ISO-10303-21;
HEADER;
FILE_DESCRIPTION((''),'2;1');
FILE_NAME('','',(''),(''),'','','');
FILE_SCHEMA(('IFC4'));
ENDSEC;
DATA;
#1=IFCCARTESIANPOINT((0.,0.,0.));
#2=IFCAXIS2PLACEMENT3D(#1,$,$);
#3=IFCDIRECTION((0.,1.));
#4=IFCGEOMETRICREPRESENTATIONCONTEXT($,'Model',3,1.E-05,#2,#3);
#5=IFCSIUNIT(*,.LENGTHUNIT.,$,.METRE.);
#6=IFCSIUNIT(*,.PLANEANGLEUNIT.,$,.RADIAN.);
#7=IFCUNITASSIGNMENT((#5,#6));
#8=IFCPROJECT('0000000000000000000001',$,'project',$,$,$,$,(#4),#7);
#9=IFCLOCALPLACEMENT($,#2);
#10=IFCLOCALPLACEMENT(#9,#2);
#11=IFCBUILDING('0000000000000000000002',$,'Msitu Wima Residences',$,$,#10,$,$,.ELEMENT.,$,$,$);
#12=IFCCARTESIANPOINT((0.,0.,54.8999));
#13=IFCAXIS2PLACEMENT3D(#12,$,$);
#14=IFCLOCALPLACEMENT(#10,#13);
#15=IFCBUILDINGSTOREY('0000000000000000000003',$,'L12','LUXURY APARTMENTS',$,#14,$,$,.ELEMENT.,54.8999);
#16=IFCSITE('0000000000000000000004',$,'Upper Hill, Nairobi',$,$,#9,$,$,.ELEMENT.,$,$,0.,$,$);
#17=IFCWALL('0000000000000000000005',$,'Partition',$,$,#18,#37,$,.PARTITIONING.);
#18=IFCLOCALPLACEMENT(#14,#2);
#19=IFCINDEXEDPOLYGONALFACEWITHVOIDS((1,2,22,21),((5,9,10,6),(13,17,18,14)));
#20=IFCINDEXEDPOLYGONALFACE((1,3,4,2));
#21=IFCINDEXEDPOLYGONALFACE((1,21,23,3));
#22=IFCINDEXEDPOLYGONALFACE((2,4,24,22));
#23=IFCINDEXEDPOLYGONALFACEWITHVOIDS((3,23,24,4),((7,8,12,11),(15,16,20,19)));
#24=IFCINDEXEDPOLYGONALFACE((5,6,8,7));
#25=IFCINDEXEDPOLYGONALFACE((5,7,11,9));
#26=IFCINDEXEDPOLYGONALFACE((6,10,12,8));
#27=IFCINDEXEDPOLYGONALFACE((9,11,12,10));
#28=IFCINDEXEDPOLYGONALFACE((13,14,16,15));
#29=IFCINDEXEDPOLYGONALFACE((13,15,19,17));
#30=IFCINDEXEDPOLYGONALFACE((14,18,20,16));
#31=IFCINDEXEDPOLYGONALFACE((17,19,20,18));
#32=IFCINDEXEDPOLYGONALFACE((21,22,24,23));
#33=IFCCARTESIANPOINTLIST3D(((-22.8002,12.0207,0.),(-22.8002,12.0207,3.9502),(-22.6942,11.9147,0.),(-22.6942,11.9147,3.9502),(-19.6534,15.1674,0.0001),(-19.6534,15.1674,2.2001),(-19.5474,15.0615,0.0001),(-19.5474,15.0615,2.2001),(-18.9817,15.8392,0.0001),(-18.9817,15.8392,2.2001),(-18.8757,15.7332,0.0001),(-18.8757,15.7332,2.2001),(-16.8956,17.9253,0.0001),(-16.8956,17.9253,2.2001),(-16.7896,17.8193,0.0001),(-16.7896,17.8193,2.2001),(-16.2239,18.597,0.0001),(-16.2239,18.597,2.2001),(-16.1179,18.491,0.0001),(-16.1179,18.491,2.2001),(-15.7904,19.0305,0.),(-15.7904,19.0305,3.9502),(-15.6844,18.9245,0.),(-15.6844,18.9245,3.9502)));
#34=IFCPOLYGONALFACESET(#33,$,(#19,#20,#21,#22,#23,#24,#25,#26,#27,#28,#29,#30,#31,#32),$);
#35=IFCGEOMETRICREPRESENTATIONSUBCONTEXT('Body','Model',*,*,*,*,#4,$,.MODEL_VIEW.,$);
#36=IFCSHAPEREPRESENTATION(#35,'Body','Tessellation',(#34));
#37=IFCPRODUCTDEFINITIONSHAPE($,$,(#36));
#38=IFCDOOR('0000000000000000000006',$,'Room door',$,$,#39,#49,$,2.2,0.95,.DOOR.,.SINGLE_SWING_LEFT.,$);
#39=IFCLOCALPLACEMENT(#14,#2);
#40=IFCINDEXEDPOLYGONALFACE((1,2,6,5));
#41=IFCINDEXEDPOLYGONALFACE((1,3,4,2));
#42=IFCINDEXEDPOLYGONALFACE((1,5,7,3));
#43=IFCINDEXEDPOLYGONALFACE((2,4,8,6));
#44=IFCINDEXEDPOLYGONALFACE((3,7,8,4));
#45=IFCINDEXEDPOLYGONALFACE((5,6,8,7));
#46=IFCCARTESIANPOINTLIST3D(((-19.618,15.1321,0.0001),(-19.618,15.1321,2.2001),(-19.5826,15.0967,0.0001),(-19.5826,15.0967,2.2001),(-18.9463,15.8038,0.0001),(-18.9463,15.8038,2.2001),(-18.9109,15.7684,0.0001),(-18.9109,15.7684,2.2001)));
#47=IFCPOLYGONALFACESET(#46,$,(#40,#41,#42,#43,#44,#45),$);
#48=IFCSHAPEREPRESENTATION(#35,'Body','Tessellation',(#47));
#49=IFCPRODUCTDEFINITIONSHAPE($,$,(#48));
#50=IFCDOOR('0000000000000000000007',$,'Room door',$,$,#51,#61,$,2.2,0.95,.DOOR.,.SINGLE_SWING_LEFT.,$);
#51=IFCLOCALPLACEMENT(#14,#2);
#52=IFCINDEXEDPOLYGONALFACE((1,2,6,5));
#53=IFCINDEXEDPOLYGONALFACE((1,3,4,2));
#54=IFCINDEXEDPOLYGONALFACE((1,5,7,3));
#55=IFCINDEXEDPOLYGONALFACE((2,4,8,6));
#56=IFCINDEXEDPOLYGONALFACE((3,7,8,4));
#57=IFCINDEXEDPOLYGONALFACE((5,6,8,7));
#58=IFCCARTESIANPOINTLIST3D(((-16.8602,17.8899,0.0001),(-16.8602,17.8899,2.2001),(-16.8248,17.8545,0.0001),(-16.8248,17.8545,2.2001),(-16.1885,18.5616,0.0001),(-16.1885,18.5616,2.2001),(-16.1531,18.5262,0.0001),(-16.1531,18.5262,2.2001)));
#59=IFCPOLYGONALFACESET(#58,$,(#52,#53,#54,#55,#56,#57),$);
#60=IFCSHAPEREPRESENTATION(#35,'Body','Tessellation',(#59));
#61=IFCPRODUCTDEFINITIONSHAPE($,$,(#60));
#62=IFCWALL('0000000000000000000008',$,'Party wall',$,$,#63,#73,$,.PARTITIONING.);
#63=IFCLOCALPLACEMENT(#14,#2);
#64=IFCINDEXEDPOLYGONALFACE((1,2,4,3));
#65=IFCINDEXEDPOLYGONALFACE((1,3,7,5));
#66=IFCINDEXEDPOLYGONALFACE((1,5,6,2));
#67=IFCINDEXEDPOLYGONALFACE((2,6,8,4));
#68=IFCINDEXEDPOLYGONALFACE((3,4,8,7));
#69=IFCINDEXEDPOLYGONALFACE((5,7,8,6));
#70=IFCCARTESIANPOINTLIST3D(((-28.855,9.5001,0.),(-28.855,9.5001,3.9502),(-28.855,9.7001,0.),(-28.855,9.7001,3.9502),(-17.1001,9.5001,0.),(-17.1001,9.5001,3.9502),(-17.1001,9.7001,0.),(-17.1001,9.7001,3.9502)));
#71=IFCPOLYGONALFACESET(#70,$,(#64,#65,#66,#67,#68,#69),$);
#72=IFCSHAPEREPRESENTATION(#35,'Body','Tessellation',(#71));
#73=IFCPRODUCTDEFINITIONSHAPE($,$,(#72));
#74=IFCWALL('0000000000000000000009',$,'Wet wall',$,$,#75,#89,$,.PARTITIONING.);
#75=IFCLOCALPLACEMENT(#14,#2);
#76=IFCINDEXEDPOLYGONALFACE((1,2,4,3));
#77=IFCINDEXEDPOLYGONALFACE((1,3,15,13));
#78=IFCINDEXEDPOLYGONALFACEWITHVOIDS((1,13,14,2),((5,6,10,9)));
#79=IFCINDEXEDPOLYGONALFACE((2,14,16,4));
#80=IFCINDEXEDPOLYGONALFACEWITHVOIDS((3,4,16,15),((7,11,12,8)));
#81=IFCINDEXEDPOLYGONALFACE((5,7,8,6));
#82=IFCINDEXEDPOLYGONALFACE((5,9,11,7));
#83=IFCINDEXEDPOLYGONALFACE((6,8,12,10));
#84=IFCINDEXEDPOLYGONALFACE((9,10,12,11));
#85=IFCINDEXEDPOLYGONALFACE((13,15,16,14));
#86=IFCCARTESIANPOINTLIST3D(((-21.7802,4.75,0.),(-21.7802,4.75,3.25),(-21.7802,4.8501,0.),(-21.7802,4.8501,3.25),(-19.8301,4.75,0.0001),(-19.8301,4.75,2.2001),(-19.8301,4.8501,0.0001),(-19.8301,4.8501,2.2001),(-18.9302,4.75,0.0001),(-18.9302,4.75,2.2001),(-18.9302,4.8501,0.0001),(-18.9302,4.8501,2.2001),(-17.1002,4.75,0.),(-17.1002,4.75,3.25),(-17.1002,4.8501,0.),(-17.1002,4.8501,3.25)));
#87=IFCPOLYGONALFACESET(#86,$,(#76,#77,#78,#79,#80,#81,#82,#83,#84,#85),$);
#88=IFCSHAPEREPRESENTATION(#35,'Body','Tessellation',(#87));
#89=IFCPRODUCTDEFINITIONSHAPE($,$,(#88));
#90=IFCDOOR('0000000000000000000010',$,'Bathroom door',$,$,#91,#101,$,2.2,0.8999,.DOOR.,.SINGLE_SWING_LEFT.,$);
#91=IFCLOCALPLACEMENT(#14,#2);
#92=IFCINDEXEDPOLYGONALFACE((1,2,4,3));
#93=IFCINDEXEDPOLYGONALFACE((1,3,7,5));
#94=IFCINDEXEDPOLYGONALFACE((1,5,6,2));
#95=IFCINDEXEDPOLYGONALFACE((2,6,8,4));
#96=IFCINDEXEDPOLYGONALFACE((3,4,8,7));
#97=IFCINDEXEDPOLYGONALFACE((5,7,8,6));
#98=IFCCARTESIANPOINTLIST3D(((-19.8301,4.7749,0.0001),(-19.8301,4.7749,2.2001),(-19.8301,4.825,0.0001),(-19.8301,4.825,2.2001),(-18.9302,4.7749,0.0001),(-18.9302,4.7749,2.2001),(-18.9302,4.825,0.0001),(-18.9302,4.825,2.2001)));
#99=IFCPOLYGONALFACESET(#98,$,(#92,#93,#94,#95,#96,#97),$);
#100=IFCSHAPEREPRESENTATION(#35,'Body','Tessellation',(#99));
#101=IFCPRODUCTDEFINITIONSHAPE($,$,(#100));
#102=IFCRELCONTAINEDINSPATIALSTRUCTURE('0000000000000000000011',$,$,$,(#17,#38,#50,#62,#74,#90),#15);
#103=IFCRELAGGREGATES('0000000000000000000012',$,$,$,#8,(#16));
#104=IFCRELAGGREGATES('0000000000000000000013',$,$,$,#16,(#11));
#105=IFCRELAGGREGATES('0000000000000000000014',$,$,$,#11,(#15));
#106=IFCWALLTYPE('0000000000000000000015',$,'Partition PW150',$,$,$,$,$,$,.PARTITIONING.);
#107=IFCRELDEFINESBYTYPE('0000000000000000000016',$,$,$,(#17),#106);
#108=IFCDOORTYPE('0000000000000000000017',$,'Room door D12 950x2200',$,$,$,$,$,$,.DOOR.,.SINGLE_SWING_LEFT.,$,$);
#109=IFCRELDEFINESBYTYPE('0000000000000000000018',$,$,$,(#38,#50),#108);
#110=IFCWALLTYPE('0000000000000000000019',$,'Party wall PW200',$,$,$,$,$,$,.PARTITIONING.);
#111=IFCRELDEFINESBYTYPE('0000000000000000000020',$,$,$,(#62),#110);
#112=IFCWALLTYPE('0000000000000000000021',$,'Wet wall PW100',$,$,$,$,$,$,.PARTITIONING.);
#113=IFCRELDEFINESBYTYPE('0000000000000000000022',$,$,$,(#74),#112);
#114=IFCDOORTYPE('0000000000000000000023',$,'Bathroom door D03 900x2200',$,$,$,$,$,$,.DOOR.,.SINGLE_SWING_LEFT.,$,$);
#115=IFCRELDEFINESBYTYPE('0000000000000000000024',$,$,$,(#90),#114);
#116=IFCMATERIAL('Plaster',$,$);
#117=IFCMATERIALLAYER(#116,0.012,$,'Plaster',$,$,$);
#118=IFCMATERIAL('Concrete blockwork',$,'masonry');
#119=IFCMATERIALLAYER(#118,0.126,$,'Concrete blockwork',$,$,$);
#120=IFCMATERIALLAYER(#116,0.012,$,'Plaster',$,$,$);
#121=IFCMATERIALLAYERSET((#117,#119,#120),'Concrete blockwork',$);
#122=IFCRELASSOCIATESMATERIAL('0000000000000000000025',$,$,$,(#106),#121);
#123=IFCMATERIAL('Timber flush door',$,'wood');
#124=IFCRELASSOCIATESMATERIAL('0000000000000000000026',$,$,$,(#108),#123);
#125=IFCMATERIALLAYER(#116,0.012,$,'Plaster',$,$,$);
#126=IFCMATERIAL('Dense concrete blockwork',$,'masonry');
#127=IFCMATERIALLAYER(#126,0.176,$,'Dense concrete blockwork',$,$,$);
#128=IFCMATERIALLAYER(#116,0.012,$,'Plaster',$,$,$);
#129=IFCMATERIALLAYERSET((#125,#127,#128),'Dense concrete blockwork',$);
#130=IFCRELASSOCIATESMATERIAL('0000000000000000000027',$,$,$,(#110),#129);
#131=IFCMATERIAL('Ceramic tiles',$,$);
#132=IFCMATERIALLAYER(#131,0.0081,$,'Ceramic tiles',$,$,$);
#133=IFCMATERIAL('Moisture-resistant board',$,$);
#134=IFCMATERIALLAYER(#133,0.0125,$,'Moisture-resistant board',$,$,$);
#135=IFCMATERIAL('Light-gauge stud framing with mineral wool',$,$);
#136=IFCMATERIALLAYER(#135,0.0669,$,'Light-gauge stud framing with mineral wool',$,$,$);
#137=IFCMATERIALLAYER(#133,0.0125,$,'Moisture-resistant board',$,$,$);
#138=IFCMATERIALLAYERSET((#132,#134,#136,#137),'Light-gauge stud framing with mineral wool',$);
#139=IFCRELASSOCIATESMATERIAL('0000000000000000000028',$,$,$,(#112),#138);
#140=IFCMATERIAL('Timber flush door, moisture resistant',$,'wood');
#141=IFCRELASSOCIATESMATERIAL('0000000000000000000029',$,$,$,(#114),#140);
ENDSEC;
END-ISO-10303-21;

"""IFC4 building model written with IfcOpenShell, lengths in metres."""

from ifc_helpers import new_model, si_unit, direction, frame, frame_2d, origin, place, context, subcontext, project, spatial, rectangle, extrude, material, layer, layer_set, type_object, element, fill, save


model = new_model("IFC4")

# Units and contexts
model_context = context("Model", 3, precision=1e-05, world=origin(), true_north=direction((0.0, 1.0)))
body_context = subcontext(model_context, "Body", "Model", "MODEL_VIEW")
ifc_project = project(units=[si_unit("LENGTHUNIT", "METRE"), si_unit("PLANEANGLEUNIT", "RADIAN")], contexts=[model_context])

# Site, building, storey
site_placement = place(None, origin())
site = spatial("IfcSite", under=ifc_project, at=site_placement, Name="Upper Hill, Nairobi", CompositionType="ELEMENT", RefElevation=0.0)
building_placement = place(site_placement, origin())
building = spatial("IfcBuilding", under=site, at=building_placement, Name="Msitu Wima Residences", CompositionType="ELEMENT")
storey_placement = place(building_placement, frame((0.0, 0.0, 54.8999)))
storey = spatial("IfcBuildingStorey", under=building, at=storey_placement, Name="L12", Description="LUXURY APARTMENTS", CompositionType="ELEMENT", Elevation=54.8999)

# Shared definitions
ifc_material_1 = material(Name="Plaster")
ifc_layer_1 = layer(ifc_material_1, 0.012, Name="Plaster")
ifc_material_2 = material(Name="Concrete blockwork", Category="masonry")
ifc_layer_2 = layer(ifc_material_2, 0.126, Name="Concrete blockwork")
ifc_layer_3 = layer(ifc_material_1, 0.012, Name="Plaster")
ifc_layer_set_1 = layer_set([ifc_layer_1, ifc_layer_2, ifc_layer_3], Name="Concrete blockwork")
wall_type_1 = type_object("IfcWallType", Name="Partition PW150", PredefinedType="PARTITIONING", material=ifc_layer_set_1)

# Shared definitions
ifc_material_3 = material(Name="Timber flush door", Category="wood")
door_type_1 = type_object("IfcDoorType", Name="Room door D12 950x2200", OperationType="SINGLE_SWING_LEFT", PredefinedType="DOOR", material=ifc_material_3)

# Wall, openings, doors
wall_1_placement = place(storey_placement, frame((-22.7471, 11.9678, 0.0), z_axis=(0.0, 0.0, 1.0), x_axis=(0.707107, 0.707107, 0.0)))
wall_1 = element("IfcWall", 1, at=wall_1_placement, inside=storey, type_object=wall_type_1, Name="Partition", PredefinedType="PARTITIONING", context=body_context, shape_type="SweptSolid", body=[
    extrude(rectangle(XDim=9.9133, YDim=0.1499, at=frame_2d((4.9565, 0.0))), origin(), (0.0, 0.0, 1.0), 3.9502),
])
opening_1_placement = place(wall_1_placement, frame((4.45, 0.0, 0.0)))
opening_1 = element("IfcOpeningElement", 2, at=opening_1_placement, cuts=wall_1, PredefinedType="OPENING", context=body_context, shape_type="SweptSolid", body=[
    extrude(rectangle(XDim=0.95, YDim=2.2, at=frame_2d((0.4751, 1.1001))), frame((0.0, 0.085, 0.0), z_axis=(0.0, -1.0, 0.0), x_axis=(1.0, 0.0, 0.0)), (0.0, 0.0, 1.0), 0.1699),
])
opening_2_placement = place(wall_1_placement, frame((8.3501, 0.0, 0.0)))
opening_2 = element("IfcOpeningElement", 3, at=opening_2_placement, cuts=wall_1, PredefinedType="OPENING", context=body_context, shape_type="SweptSolid", body=[
    extrude(rectangle(XDim=0.95, YDim=2.2, at=frame_2d((0.4751, 1.1001))), frame((0.0, 0.085, 0.0), z_axis=(0.0, -1.0, 0.0), x_axis=(1.0, 0.0, 0.0)), (0.0, 0.0, 1.0), 0.1699),
])
door_1_placement = place(opening_1_placement, origin())
door_1 = element("IfcDoor", 4, at=door_1_placement, inside=storey, type_object=door_type_1, Name="Room door", OperationType="SINGLE_SWING_LEFT", OverallHeight=2.2, OverallWidth=0.95, PredefinedType="DOOR", context=body_context, shape_type="SweptSolid", body=[
    extrude(rectangle(XDim=0.95, YDim=2.2, at=frame_2d((0.4751, 1.1001))), frame((0.0, 0.0249, 0.0), z_axis=(0.0, -1.0, 0.0), x_axis=(1.0, 0.0, 0.0)), (0.0, 0.0, 1.0), 0.05),
])
fill(opening_1, door_1)
door_2_placement = place(opening_2_placement, origin())
door_2 = element("IfcDoor", 5, at=door_2_placement, inside=storey, type_object=door_type_1, Name="Room door", OperationType="SINGLE_SWING_LEFT", OverallHeight=2.2, OverallWidth=0.95, PredefinedType="DOOR", context=body_context, shape_type="SweptSolid", body=[
    extrude(rectangle(XDim=0.95, YDim=2.2, at=frame_2d((0.4751, 1.1001))), frame((0.0, 0.0249, 0.0), z_axis=(0.0, -1.0, 0.0), x_axis=(1.0, 0.0, 0.0)), (0.0, 0.0, 1.0), 0.05),
])
fill(opening_2, door_2)

# Wall
ifc_layer_4 = layer(ifc_material_1, 0.012, Name="Plaster")
ifc_material_4 = material(Name="Dense concrete blockwork", Category="masonry")
ifc_layer_5 = layer(ifc_material_4, 0.176, Name="Dense concrete blockwork")
ifc_layer_6 = layer(ifc_material_1, 0.012, Name="Plaster")
ifc_layer_set_2 = layer_set([ifc_layer_4, ifc_layer_5, ifc_layer_6], Name="Dense concrete blockwork")
wall_type_2 = type_object("IfcWallType", Name="Party wall PW200", PredefinedType="PARTITIONING", material=ifc_layer_set_2)
wall_2_placement = place(storey_placement, frame((-28.855, 9.6001, 0.0), z_axis=(0.0, 0.0, 1.0), x_axis=(1.0, 0.0, 0.0)))
element("IfcWall", 6, at=wall_2_placement, inside=storey, type_object=wall_type_2, Name="Party wall", PredefinedType="PARTITIONING", context=body_context, shape_type="SweptSolid", body=[
    extrude(rectangle(XDim=11.7549, YDim=0.2, at=frame_2d((5.8774, 0.0))), origin(), (0.0, 0.0, 1.0), 3.9502),
])

# Wall, opening, door
ifc_material_5 = material(Name="Ceramic tiles")
ifc_layer_7 = layer(ifc_material_5, 0.0081, Name="Ceramic tiles")
ifc_material_6 = material(Name="Moisture-resistant board")
ifc_layer_8 = layer(ifc_material_6, 0.0125, Name="Moisture-resistant board")
ifc_material_7 = material(Name="Light-gauge stud framing with mineral wool")
ifc_layer_9 = layer(ifc_material_7, 0.0669, Name="Light-gauge stud framing with mineral wool")
ifc_layer_10 = layer(ifc_material_6, 0.0125, Name="Moisture-resistant board")
ifc_layer_set_3 = layer_set([ifc_layer_7, ifc_layer_8, ifc_layer_9, ifc_layer_10], Name="Light-gauge stud framing with mineral wool")
wall_type_3 = type_object("IfcWallType", Name="Wet wall PW100", PredefinedType="PARTITIONING", material=ifc_layer_set_3)
wall_3_placement = place(storey_placement, frame((-21.78, 4.8, 0.0), z_axis=(0.0, 0.0, 1.0), x_axis=(1.0, 0.0, 0.0)))
wall_3 = element("IfcWall", 7, at=wall_3_placement, inside=storey, type_object=wall_type_3, Name="Wet wall", PredefinedType="PARTITIONING", context=body_context, shape_type="SweptSolid", body=[
    extrude(rectangle(XDim=4.6799, YDim=0.1001, at=frame_2d((2.3398, 0.0))), origin(), (0.0, 0.0, 1.0), 3.25),
])
opening_3_placement = place(wall_3_placement, frame((1.95, 0.0, 0.0)))
opening_3 = element("IfcOpeningElement", 8, at=opening_3_placement, cuts=wall_3, PredefinedType="OPENING", context=body_context, shape_type="SweptSolid", body=[
    extrude(rectangle(XDim=0.8999, YDim=2.2, at=frame_2d((0.45, 1.1001))), frame((0.0, 0.0601, 0.0), z_axis=(0.0, -1.0, 0.0), x_axis=(1.0, 0.0, 0.0)), (0.0, 0.0, 1.0), 0.1201),
])
ifc_material_8 = material(Name="Timber flush door, moisture resistant", Category="wood")
door_type_2 = type_object("IfcDoorType", Name="Bathroom door D03 900x2200", OperationType="SINGLE_SWING_LEFT", PredefinedType="DOOR", material=ifc_material_8)
door_3_placement = place(opening_3_placement, origin())
door_3 = element("IfcDoor", 9, at=door_3_placement, inside=storey, type_object=door_type_2, Name="Bathroom door", OperationType="SINGLE_SWING_LEFT", OverallHeight=2.2, OverallWidth=0.8999, PredefinedType="DOOR", context=body_context, shape_type="SweptSolid", body=[
    extrude(rectangle(XDim=0.8999, YDim=2.2, at=frame_2d((0.45, 1.1001))), frame((0.0, 0.0249, 0.0), z_axis=(0.0, -1.0, 0.0), x_axis=(1.0, 0.0, 0.0)), (0.0, 0.0, 1.0), 0.05),
])
fill(opening_3, door_3)

save(model, "model.ifc")
